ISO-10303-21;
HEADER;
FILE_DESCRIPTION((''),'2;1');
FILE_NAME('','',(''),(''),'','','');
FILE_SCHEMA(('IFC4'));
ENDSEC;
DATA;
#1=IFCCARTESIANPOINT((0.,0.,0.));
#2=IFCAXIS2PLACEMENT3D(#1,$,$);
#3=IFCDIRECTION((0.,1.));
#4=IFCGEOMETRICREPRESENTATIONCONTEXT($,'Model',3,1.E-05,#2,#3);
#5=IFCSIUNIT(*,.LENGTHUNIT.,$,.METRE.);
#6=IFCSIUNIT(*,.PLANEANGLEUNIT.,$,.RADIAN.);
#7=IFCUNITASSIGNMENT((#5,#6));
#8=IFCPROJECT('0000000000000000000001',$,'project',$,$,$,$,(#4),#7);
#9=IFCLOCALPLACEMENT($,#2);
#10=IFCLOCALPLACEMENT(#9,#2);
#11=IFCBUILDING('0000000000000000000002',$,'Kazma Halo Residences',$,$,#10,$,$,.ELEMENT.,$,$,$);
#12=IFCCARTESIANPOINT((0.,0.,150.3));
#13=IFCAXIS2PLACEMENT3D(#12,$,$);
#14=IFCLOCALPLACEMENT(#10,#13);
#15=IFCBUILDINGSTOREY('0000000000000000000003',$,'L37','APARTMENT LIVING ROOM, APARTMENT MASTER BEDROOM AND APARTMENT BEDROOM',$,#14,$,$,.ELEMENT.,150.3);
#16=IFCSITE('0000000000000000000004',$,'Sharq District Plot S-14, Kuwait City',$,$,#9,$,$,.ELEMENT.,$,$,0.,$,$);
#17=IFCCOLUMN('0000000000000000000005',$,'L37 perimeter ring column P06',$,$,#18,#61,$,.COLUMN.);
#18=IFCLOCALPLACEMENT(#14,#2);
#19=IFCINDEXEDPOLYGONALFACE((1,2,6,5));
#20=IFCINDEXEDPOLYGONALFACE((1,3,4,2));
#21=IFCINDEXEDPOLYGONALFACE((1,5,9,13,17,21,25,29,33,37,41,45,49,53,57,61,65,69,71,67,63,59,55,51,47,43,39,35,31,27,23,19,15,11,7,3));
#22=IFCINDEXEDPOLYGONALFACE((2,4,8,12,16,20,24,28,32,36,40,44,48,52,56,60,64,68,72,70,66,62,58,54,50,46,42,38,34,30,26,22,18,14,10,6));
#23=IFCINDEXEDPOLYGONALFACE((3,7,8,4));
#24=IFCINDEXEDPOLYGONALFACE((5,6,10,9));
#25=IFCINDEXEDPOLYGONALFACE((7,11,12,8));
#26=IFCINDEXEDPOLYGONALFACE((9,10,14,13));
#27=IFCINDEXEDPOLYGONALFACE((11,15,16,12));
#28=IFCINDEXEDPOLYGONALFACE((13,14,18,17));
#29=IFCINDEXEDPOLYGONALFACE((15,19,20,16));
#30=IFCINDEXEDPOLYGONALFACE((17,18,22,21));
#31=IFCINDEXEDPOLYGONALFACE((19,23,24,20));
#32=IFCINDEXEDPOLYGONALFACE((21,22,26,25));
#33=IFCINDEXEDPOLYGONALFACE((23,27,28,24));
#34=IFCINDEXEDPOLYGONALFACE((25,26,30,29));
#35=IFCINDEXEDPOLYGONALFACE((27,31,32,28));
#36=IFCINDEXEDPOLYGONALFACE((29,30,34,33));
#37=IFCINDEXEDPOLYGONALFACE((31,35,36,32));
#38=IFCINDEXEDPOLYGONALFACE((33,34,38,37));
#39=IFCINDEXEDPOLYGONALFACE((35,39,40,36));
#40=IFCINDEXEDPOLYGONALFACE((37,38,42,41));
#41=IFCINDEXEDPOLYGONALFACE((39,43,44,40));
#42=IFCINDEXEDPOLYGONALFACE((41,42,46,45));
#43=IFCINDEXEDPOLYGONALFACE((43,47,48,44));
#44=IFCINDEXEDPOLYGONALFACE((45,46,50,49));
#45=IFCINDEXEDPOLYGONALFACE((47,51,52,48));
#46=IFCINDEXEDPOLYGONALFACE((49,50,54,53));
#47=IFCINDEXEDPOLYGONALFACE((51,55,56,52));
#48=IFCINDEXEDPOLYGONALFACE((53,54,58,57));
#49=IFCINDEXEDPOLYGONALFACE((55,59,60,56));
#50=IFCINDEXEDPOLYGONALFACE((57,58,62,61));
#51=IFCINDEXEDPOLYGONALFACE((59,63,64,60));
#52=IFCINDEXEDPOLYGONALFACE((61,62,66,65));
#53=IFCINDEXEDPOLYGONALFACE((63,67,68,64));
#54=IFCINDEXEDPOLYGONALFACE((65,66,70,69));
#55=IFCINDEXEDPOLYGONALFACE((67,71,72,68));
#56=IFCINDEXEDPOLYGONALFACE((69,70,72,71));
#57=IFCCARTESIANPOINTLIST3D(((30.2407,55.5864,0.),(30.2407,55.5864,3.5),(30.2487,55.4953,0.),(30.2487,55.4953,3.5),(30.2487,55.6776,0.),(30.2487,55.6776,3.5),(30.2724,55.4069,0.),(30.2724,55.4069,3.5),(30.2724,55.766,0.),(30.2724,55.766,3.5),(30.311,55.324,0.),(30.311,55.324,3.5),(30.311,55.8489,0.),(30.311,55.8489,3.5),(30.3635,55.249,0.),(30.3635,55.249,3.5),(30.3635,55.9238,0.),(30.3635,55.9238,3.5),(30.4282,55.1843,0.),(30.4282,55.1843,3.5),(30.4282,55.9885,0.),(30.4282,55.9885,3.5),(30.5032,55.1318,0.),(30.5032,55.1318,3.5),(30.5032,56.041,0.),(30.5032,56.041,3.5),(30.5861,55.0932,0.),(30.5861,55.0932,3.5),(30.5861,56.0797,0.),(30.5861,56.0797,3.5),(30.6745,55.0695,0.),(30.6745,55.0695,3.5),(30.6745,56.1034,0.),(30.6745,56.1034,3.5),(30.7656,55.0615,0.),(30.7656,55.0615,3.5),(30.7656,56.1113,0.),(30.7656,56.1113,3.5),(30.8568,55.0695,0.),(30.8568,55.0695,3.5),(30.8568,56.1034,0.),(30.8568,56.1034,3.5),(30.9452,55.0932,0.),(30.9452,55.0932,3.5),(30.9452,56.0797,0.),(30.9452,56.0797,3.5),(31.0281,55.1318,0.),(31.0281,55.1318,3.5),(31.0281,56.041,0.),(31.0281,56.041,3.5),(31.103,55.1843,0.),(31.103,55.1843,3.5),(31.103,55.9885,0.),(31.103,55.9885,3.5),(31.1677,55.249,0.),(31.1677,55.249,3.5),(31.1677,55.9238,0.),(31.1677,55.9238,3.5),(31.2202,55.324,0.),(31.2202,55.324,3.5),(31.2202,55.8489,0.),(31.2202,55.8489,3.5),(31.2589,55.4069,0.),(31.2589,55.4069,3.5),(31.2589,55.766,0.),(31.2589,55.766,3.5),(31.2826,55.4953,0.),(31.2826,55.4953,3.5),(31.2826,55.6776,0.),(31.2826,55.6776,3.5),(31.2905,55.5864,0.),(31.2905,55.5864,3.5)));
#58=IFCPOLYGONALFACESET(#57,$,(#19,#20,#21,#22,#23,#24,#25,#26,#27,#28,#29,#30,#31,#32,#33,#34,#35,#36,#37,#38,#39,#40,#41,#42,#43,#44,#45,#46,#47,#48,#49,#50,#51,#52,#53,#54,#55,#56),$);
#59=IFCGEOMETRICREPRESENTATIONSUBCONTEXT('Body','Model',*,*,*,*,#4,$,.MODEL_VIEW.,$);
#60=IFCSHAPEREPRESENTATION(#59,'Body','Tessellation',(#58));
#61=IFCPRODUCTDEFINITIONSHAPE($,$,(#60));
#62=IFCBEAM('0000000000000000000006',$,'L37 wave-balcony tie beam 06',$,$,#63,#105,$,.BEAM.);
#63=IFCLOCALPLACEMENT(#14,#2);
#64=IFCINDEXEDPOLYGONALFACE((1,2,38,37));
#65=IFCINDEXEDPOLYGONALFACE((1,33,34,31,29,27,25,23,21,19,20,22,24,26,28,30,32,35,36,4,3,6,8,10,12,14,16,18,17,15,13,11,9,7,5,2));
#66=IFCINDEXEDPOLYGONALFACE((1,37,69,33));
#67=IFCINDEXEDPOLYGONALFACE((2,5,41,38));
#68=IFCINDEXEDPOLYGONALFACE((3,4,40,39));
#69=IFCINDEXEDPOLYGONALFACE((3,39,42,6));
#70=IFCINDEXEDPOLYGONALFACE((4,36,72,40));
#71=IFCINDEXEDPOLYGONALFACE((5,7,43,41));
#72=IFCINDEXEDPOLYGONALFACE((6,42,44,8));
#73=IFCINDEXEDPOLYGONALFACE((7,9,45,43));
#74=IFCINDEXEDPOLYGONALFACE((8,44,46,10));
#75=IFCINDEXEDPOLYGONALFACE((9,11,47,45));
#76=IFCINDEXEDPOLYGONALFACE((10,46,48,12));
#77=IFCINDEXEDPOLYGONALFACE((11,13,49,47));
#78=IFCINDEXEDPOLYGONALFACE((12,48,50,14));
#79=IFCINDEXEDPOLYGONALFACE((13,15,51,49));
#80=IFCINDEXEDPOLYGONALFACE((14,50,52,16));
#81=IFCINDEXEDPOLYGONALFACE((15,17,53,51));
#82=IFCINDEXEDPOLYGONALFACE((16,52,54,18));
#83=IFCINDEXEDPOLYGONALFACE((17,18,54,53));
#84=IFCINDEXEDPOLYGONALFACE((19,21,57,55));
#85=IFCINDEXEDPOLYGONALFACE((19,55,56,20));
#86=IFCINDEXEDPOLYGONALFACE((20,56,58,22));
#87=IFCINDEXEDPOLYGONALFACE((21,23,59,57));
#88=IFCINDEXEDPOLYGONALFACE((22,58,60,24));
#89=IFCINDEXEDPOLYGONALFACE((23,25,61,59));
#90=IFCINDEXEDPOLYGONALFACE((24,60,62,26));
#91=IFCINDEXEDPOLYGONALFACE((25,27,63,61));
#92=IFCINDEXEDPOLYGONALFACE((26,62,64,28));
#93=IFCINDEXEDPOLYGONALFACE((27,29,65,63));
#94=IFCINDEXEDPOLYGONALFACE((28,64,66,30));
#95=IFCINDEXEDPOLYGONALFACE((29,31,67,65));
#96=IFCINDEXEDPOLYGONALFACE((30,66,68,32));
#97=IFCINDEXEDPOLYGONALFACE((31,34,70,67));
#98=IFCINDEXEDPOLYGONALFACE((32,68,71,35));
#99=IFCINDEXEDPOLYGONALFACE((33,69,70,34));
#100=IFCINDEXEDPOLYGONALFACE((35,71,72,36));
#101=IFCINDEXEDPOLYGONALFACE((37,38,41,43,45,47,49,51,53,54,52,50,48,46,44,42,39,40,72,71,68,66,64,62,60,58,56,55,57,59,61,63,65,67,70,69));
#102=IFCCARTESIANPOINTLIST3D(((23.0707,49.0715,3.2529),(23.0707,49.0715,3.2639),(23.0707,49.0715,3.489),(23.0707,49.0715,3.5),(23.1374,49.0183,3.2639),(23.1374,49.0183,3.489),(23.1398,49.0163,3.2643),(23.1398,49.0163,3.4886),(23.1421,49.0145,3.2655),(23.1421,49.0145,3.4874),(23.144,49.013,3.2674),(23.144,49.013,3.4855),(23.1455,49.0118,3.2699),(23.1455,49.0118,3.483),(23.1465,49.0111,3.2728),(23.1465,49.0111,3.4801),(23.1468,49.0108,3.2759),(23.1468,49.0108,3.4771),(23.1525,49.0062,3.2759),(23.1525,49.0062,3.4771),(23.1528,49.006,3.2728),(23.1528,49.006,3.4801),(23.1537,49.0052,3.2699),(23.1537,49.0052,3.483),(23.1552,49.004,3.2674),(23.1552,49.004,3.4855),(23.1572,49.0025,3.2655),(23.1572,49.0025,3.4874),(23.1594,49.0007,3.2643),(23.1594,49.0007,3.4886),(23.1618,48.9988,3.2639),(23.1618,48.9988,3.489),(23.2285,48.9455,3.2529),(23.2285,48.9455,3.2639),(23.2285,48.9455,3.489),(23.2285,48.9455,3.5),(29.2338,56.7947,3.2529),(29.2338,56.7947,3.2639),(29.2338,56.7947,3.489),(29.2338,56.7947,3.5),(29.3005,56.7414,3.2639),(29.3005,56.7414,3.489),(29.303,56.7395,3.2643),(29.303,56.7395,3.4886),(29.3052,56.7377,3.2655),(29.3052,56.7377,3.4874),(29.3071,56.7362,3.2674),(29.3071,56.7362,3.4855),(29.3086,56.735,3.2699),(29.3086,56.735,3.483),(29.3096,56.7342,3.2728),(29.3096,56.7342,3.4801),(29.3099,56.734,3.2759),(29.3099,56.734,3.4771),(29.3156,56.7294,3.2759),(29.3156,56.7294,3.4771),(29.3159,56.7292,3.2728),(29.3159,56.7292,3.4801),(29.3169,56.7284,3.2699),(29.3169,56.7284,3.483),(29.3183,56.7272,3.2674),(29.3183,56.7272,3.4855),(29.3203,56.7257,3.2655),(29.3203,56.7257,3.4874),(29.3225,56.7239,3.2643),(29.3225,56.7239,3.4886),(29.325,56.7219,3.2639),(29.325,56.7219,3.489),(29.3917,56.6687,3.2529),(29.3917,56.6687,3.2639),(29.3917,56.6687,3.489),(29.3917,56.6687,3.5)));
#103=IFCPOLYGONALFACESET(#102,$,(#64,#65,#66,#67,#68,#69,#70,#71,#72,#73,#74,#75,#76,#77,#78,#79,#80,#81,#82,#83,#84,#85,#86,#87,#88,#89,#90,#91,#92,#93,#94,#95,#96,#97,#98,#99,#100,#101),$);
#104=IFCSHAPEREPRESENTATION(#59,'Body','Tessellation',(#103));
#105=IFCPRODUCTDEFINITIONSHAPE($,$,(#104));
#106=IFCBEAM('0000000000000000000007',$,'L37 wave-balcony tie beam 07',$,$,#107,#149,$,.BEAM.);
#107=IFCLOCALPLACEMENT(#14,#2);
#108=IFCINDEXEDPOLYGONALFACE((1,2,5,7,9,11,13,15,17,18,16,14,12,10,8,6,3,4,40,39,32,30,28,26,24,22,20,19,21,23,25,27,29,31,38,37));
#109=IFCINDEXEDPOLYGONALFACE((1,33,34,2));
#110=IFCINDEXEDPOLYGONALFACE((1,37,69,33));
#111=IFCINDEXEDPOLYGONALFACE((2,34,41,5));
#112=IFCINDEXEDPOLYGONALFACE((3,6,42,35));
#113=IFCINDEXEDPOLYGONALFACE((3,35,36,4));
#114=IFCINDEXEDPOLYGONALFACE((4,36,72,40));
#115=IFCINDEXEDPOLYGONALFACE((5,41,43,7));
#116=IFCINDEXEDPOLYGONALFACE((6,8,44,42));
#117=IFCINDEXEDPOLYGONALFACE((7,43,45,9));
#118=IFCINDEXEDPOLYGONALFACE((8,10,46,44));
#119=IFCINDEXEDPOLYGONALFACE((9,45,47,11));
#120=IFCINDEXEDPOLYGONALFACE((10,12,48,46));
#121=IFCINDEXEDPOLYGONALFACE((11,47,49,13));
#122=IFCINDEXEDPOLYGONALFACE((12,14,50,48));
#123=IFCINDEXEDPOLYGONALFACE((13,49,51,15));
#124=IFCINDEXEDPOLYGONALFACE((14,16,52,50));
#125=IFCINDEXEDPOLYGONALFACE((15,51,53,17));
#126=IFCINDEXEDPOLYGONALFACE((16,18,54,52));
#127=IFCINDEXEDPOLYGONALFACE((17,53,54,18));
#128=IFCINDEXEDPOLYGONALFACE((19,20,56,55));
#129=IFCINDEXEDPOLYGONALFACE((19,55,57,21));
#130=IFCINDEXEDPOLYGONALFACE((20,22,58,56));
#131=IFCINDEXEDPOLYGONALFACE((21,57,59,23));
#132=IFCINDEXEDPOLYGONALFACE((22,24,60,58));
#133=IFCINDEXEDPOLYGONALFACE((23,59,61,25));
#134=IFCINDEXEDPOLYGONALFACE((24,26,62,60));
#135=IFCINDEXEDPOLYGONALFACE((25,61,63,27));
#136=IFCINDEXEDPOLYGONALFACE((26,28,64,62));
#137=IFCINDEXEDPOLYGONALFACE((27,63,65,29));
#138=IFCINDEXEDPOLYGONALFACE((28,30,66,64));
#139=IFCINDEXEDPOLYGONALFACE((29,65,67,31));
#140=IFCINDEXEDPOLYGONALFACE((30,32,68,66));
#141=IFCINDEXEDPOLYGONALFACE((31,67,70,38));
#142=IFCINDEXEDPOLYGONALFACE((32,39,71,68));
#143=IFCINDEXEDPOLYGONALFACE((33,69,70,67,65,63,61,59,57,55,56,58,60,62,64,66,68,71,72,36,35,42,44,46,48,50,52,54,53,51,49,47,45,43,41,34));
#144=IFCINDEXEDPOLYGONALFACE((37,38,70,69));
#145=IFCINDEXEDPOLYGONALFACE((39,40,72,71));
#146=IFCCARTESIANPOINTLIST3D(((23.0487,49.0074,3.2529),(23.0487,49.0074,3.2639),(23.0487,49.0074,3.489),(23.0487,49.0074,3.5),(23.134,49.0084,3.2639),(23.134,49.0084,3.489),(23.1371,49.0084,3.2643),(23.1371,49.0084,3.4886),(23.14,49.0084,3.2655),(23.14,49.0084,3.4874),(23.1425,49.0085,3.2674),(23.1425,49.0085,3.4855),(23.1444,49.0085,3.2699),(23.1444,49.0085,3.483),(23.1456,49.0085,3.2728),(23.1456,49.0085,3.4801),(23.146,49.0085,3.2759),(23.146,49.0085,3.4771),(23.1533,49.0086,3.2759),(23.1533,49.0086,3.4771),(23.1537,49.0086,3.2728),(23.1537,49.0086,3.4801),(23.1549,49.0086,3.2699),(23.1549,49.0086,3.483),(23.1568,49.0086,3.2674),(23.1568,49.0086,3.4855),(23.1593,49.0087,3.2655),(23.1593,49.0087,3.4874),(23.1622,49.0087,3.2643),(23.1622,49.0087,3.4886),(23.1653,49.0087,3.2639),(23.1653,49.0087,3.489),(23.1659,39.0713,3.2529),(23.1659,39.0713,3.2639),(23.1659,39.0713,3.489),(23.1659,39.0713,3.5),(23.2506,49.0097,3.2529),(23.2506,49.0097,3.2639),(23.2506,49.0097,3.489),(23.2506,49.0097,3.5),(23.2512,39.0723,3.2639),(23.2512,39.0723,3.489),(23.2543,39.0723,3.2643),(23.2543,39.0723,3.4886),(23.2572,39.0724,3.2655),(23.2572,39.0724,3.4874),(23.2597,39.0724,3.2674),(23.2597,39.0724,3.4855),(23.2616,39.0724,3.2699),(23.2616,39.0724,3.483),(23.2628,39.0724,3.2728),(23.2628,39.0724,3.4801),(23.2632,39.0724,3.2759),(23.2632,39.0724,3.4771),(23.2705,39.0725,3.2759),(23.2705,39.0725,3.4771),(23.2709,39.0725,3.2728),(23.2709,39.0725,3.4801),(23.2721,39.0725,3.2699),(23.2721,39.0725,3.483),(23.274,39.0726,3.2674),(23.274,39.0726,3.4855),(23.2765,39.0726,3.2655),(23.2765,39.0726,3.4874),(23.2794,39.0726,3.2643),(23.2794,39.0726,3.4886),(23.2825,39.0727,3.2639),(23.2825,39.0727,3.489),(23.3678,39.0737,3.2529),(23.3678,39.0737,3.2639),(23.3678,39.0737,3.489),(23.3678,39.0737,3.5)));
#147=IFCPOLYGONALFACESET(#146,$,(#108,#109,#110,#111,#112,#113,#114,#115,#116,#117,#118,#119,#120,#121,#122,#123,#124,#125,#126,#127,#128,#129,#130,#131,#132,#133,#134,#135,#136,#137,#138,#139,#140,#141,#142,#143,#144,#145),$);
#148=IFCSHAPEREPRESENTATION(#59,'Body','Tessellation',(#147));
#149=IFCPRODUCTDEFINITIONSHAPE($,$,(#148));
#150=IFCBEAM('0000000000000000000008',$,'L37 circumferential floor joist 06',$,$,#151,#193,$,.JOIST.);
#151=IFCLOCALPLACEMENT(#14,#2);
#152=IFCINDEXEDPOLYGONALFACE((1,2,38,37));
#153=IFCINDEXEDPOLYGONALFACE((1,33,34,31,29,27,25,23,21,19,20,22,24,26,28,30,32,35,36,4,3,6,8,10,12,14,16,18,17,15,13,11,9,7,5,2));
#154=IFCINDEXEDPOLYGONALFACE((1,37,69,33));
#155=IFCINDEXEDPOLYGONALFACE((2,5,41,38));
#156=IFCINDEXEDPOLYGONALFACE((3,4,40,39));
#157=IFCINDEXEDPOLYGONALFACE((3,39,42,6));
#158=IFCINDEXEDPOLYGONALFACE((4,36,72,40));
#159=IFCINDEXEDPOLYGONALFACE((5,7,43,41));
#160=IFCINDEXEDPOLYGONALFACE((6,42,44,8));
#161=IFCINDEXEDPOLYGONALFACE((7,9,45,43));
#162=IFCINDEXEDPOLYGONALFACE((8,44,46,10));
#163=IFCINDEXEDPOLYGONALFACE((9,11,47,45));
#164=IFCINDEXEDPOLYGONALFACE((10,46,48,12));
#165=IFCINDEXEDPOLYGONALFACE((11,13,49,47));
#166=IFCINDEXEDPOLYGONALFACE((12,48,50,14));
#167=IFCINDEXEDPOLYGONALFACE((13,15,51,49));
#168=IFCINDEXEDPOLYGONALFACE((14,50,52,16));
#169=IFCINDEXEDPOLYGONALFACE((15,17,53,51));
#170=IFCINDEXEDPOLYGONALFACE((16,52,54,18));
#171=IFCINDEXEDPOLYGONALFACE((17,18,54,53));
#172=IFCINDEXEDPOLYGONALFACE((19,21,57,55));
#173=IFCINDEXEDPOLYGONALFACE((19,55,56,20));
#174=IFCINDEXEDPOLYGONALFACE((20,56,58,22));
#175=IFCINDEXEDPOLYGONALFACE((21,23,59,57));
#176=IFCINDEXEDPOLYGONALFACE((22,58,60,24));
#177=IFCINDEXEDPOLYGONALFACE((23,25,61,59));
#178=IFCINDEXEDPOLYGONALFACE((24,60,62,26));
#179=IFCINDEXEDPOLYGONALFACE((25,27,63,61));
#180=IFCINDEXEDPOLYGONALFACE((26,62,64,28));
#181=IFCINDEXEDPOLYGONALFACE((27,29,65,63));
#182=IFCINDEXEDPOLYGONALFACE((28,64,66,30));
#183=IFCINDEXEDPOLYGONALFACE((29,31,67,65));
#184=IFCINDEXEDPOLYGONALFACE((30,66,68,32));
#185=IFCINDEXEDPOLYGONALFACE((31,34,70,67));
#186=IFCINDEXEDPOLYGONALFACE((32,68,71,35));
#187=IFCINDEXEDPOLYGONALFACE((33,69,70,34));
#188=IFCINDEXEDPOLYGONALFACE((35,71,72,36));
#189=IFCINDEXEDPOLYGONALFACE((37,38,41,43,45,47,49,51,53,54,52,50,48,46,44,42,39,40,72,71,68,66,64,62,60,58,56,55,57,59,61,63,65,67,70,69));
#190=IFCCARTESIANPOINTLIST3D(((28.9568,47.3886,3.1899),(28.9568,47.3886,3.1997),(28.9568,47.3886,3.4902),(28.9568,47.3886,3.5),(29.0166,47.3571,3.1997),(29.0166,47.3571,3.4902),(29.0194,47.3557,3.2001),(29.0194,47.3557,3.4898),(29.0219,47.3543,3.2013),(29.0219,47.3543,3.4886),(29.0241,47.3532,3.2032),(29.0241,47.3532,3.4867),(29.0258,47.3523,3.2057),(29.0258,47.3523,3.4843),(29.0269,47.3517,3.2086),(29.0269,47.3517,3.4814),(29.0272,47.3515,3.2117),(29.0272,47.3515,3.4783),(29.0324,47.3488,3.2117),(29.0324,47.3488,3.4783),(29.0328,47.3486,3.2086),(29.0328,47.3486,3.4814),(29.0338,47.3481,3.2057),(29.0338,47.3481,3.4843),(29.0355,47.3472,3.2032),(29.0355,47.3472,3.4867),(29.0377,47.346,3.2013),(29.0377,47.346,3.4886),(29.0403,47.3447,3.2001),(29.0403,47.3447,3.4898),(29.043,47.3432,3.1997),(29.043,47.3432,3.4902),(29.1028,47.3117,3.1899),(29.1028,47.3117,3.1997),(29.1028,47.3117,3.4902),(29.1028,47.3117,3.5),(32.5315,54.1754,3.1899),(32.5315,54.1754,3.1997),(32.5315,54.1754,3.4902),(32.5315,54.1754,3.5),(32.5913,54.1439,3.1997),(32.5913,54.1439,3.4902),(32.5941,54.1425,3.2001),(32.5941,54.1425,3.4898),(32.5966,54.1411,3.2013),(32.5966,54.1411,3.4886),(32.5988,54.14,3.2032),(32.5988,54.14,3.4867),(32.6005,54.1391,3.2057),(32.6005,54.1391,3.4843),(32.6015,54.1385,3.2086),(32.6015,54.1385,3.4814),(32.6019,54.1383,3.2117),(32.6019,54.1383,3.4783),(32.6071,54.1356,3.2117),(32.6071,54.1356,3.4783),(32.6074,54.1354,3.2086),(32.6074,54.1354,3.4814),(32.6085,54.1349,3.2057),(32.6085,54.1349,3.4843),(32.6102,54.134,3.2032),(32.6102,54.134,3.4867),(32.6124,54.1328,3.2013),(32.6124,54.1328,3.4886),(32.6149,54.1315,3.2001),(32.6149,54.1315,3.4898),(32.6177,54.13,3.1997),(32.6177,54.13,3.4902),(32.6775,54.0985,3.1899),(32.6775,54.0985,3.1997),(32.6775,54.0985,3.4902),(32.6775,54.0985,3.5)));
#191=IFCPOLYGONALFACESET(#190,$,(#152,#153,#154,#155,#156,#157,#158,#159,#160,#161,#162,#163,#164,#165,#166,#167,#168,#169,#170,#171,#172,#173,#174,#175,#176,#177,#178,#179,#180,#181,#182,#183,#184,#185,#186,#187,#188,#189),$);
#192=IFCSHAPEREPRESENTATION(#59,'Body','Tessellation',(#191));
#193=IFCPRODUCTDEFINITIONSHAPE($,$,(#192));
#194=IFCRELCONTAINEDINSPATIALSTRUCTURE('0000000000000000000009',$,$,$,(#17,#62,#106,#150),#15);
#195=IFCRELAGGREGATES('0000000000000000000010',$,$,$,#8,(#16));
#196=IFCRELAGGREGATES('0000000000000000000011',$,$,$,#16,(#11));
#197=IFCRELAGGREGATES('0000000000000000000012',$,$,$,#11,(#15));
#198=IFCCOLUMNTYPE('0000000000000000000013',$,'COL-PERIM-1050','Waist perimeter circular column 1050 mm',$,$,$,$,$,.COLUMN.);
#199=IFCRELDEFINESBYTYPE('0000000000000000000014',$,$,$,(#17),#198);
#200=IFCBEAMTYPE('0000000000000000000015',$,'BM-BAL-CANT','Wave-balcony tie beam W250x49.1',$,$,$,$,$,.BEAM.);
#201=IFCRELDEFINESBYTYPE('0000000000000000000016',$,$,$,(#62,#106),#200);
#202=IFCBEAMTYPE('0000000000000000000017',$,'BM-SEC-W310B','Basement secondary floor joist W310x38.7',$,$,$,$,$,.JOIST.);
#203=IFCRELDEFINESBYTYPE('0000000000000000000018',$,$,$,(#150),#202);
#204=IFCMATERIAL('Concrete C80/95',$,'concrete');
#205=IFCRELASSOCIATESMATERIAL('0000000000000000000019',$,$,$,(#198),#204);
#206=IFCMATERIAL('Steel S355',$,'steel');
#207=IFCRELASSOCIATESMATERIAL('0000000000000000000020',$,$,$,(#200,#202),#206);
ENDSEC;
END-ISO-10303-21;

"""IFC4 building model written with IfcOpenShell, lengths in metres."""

from ifc_helpers import new_model, si_unit, direction, frame, origin, origin_2d, place, context, subcontext, project, spatial, circle, i_section, extrude, material, material_profile, profile_set, type_object, element, save


model = new_model("IFC4")

# Units and contexts
model_context = context("Model", 3, precision=1e-05, world=origin(), true_north=direction((0.0, 1.0)))
body_context = subcontext(model_context, "Body", "Model", "MODEL_VIEW")
ifc_project = project(units=[si_unit("LENGTHUNIT", "METRE"), si_unit("PLANEANGLEUNIT", "RADIAN")], contexts=[model_context])

# Site, building, storey
site_placement = place(None, origin())
site = spatial("IfcSite", under=ifc_project, at=site_placement, Name="Sharq District Plot S-14, Kuwait City", CompositionType="ELEMENT", RefElevation=0.0)
building_placement = place(site_placement, origin())
building = spatial("IfcBuilding", under=site, at=building_placement, Name="Kazma Halo Residences", CompositionType="ELEMENT")
storey_placement = place(building_placement, frame((0.0, 0.0, 150.3)))
storey = spatial("IfcBuildingStorey", under=building, at=storey_placement, Name="L37", Description="APARTMENT LIVING ROOM, APARTMENT MASTER BEDROOM AND APARTMENT BEDROOM", CompositionType="ELEMENT", Elevation=150.3)

# Column
ifc_material_1 = material(Name="Concrete C80/95", Category="concrete")
ifc_material_profile_1 = material_profile(ifc_material_1, circle(Radius=0.5249, at=origin_2d()), Name="CIRC1050")
ifc_profile_set_1 = profile_set([ifc_material_profile_1], Name="Concrete C80/95")
column_type = type_object("IfcColumnType", Name="COL-PERIM-1050", Description="Waist perimeter circular column 1050 mm", PredefinedType="COLUMN", material=ifc_profile_set_1)
column_placement = place(storey_placement, frame((30.7656, 55.5864, 0.0), z_axis=(0.0, 0.0, 1.0), x_axis=(1.0, 0.0, 0.0)))
element("IfcColumn", 1, at=column_placement, inside=storey, type_object=column_type, Name="L37 perimeter ring column P06", PredefinedType="COLUMN", context=body_context, shape_type="SweptSolid", body=[
    extrude(circle(Radius=0.5249, at=origin_2d()), origin(), (0.0, 0.0, 1.0), 3.5),
])

# Beams
ifc_material_2 = material(Name="Steel S355", Category="steel")
ifc_material_profile_2 = material_profile(ifc_material_2, i_section(OverallWidth=0.2019, OverallDepth=0.2471, WebThickness=0.0073, FlangeThickness=0.011, FilletRadius=0.012, at=origin_2d()), Name="W250x49.1")
ifc_profile_set_2 = profile_set([ifc_material_profile_2], Name="Steel S355")
beam_type_1 = type_object("IfcBeamType", Name="BM-BAL-CANT", Description="Wave-balcony tie beam W250x49.1", PredefinedType="BEAM", material=ifc_profile_set_2)
beam_1_placement = place(storey_placement, frame((29.3127, 56.7317, 3.3765), z_axis=(-0.623742, -0.78163, 0.0), x_axis=(0.78163, -0.623742, 0.0)))
element("IfcBeam", 2, at=beam_1_placement, inside=storey, type_object=beam_type_1, Name="L37 wave-balcony tie beam 06", PredefinedType="BEAM", context=body_context, shape_type="SweptSolid", body=[
    extrude(i_section(OverallWidth=0.2019, OverallDepth=0.2471, WebThickness=0.0073, FlangeThickness=0.011, FilletRadius=0.012, at=origin_2d()), origin(), (0.0, 0.0, 1.0), 9.8809),
])
beam_2_placement = place(storey_placement, frame((23.1497, 49.0085, 3.3765), z_axis=(0.011793, -0.99993, 0.0), x_axis=(0.99993, 0.011793, 0.0)))
element("IfcBeam", 3, at=beam_2_placement, inside=storey, type_object=beam_type_1, Name="L37 wave-balcony tie beam 07", PredefinedType="BEAM", context=body_context, shape_type="SweptSolid", body=[
    extrude(i_section(OverallWidth=0.2019, OverallDepth=0.2471, WebThickness=0.0073, FlangeThickness=0.011, FilletRadius=0.012, at=origin_2d()), origin(), (0.0, 0.0, 1.0), 9.9368),
])
ifc_material_profile_3 = material_profile(ifc_material_2, i_section(OverallWidth=0.165, OverallDepth=0.3101, WebThickness=0.0059, FlangeThickness=0.0098, FilletRadius=0.012, at=origin_2d()), Name="W310x38.7")
ifc_profile_set_3 = profile_set([ifc_material_profile_3], Name="Steel S355")
beam_type_2 = type_object("IfcBeamType", Name="BM-SEC-W310B", Description="Basement secondary floor joist W310x38.7", PredefinedType="JOIST", material=ifc_profile_set_3)
beam_3_placement = place(storey_placement, frame((32.6045, 54.137, 3.345), z_axis=(-0.466019, -0.884775, 0.0), x_axis=(0.884775, -0.466019, 0.0)))
element("IfcBeam", 4, at=beam_3_placement, inside=storey, type_object=beam_type_2, Name="L37 circumferential floor joist 06", PredefinedType="JOIST", context=body_context, shape_type="SweptSolid", body=[
    extrude(i_section(OverallWidth=0.165, OverallDepth=0.3101, WebThickness=0.0059, FlangeThickness=0.0098, FilletRadius=0.012, at=origin_2d()), origin(), (0.0, 0.0, 1.0), 7.6707),
])

save(model, "model.ifc")
